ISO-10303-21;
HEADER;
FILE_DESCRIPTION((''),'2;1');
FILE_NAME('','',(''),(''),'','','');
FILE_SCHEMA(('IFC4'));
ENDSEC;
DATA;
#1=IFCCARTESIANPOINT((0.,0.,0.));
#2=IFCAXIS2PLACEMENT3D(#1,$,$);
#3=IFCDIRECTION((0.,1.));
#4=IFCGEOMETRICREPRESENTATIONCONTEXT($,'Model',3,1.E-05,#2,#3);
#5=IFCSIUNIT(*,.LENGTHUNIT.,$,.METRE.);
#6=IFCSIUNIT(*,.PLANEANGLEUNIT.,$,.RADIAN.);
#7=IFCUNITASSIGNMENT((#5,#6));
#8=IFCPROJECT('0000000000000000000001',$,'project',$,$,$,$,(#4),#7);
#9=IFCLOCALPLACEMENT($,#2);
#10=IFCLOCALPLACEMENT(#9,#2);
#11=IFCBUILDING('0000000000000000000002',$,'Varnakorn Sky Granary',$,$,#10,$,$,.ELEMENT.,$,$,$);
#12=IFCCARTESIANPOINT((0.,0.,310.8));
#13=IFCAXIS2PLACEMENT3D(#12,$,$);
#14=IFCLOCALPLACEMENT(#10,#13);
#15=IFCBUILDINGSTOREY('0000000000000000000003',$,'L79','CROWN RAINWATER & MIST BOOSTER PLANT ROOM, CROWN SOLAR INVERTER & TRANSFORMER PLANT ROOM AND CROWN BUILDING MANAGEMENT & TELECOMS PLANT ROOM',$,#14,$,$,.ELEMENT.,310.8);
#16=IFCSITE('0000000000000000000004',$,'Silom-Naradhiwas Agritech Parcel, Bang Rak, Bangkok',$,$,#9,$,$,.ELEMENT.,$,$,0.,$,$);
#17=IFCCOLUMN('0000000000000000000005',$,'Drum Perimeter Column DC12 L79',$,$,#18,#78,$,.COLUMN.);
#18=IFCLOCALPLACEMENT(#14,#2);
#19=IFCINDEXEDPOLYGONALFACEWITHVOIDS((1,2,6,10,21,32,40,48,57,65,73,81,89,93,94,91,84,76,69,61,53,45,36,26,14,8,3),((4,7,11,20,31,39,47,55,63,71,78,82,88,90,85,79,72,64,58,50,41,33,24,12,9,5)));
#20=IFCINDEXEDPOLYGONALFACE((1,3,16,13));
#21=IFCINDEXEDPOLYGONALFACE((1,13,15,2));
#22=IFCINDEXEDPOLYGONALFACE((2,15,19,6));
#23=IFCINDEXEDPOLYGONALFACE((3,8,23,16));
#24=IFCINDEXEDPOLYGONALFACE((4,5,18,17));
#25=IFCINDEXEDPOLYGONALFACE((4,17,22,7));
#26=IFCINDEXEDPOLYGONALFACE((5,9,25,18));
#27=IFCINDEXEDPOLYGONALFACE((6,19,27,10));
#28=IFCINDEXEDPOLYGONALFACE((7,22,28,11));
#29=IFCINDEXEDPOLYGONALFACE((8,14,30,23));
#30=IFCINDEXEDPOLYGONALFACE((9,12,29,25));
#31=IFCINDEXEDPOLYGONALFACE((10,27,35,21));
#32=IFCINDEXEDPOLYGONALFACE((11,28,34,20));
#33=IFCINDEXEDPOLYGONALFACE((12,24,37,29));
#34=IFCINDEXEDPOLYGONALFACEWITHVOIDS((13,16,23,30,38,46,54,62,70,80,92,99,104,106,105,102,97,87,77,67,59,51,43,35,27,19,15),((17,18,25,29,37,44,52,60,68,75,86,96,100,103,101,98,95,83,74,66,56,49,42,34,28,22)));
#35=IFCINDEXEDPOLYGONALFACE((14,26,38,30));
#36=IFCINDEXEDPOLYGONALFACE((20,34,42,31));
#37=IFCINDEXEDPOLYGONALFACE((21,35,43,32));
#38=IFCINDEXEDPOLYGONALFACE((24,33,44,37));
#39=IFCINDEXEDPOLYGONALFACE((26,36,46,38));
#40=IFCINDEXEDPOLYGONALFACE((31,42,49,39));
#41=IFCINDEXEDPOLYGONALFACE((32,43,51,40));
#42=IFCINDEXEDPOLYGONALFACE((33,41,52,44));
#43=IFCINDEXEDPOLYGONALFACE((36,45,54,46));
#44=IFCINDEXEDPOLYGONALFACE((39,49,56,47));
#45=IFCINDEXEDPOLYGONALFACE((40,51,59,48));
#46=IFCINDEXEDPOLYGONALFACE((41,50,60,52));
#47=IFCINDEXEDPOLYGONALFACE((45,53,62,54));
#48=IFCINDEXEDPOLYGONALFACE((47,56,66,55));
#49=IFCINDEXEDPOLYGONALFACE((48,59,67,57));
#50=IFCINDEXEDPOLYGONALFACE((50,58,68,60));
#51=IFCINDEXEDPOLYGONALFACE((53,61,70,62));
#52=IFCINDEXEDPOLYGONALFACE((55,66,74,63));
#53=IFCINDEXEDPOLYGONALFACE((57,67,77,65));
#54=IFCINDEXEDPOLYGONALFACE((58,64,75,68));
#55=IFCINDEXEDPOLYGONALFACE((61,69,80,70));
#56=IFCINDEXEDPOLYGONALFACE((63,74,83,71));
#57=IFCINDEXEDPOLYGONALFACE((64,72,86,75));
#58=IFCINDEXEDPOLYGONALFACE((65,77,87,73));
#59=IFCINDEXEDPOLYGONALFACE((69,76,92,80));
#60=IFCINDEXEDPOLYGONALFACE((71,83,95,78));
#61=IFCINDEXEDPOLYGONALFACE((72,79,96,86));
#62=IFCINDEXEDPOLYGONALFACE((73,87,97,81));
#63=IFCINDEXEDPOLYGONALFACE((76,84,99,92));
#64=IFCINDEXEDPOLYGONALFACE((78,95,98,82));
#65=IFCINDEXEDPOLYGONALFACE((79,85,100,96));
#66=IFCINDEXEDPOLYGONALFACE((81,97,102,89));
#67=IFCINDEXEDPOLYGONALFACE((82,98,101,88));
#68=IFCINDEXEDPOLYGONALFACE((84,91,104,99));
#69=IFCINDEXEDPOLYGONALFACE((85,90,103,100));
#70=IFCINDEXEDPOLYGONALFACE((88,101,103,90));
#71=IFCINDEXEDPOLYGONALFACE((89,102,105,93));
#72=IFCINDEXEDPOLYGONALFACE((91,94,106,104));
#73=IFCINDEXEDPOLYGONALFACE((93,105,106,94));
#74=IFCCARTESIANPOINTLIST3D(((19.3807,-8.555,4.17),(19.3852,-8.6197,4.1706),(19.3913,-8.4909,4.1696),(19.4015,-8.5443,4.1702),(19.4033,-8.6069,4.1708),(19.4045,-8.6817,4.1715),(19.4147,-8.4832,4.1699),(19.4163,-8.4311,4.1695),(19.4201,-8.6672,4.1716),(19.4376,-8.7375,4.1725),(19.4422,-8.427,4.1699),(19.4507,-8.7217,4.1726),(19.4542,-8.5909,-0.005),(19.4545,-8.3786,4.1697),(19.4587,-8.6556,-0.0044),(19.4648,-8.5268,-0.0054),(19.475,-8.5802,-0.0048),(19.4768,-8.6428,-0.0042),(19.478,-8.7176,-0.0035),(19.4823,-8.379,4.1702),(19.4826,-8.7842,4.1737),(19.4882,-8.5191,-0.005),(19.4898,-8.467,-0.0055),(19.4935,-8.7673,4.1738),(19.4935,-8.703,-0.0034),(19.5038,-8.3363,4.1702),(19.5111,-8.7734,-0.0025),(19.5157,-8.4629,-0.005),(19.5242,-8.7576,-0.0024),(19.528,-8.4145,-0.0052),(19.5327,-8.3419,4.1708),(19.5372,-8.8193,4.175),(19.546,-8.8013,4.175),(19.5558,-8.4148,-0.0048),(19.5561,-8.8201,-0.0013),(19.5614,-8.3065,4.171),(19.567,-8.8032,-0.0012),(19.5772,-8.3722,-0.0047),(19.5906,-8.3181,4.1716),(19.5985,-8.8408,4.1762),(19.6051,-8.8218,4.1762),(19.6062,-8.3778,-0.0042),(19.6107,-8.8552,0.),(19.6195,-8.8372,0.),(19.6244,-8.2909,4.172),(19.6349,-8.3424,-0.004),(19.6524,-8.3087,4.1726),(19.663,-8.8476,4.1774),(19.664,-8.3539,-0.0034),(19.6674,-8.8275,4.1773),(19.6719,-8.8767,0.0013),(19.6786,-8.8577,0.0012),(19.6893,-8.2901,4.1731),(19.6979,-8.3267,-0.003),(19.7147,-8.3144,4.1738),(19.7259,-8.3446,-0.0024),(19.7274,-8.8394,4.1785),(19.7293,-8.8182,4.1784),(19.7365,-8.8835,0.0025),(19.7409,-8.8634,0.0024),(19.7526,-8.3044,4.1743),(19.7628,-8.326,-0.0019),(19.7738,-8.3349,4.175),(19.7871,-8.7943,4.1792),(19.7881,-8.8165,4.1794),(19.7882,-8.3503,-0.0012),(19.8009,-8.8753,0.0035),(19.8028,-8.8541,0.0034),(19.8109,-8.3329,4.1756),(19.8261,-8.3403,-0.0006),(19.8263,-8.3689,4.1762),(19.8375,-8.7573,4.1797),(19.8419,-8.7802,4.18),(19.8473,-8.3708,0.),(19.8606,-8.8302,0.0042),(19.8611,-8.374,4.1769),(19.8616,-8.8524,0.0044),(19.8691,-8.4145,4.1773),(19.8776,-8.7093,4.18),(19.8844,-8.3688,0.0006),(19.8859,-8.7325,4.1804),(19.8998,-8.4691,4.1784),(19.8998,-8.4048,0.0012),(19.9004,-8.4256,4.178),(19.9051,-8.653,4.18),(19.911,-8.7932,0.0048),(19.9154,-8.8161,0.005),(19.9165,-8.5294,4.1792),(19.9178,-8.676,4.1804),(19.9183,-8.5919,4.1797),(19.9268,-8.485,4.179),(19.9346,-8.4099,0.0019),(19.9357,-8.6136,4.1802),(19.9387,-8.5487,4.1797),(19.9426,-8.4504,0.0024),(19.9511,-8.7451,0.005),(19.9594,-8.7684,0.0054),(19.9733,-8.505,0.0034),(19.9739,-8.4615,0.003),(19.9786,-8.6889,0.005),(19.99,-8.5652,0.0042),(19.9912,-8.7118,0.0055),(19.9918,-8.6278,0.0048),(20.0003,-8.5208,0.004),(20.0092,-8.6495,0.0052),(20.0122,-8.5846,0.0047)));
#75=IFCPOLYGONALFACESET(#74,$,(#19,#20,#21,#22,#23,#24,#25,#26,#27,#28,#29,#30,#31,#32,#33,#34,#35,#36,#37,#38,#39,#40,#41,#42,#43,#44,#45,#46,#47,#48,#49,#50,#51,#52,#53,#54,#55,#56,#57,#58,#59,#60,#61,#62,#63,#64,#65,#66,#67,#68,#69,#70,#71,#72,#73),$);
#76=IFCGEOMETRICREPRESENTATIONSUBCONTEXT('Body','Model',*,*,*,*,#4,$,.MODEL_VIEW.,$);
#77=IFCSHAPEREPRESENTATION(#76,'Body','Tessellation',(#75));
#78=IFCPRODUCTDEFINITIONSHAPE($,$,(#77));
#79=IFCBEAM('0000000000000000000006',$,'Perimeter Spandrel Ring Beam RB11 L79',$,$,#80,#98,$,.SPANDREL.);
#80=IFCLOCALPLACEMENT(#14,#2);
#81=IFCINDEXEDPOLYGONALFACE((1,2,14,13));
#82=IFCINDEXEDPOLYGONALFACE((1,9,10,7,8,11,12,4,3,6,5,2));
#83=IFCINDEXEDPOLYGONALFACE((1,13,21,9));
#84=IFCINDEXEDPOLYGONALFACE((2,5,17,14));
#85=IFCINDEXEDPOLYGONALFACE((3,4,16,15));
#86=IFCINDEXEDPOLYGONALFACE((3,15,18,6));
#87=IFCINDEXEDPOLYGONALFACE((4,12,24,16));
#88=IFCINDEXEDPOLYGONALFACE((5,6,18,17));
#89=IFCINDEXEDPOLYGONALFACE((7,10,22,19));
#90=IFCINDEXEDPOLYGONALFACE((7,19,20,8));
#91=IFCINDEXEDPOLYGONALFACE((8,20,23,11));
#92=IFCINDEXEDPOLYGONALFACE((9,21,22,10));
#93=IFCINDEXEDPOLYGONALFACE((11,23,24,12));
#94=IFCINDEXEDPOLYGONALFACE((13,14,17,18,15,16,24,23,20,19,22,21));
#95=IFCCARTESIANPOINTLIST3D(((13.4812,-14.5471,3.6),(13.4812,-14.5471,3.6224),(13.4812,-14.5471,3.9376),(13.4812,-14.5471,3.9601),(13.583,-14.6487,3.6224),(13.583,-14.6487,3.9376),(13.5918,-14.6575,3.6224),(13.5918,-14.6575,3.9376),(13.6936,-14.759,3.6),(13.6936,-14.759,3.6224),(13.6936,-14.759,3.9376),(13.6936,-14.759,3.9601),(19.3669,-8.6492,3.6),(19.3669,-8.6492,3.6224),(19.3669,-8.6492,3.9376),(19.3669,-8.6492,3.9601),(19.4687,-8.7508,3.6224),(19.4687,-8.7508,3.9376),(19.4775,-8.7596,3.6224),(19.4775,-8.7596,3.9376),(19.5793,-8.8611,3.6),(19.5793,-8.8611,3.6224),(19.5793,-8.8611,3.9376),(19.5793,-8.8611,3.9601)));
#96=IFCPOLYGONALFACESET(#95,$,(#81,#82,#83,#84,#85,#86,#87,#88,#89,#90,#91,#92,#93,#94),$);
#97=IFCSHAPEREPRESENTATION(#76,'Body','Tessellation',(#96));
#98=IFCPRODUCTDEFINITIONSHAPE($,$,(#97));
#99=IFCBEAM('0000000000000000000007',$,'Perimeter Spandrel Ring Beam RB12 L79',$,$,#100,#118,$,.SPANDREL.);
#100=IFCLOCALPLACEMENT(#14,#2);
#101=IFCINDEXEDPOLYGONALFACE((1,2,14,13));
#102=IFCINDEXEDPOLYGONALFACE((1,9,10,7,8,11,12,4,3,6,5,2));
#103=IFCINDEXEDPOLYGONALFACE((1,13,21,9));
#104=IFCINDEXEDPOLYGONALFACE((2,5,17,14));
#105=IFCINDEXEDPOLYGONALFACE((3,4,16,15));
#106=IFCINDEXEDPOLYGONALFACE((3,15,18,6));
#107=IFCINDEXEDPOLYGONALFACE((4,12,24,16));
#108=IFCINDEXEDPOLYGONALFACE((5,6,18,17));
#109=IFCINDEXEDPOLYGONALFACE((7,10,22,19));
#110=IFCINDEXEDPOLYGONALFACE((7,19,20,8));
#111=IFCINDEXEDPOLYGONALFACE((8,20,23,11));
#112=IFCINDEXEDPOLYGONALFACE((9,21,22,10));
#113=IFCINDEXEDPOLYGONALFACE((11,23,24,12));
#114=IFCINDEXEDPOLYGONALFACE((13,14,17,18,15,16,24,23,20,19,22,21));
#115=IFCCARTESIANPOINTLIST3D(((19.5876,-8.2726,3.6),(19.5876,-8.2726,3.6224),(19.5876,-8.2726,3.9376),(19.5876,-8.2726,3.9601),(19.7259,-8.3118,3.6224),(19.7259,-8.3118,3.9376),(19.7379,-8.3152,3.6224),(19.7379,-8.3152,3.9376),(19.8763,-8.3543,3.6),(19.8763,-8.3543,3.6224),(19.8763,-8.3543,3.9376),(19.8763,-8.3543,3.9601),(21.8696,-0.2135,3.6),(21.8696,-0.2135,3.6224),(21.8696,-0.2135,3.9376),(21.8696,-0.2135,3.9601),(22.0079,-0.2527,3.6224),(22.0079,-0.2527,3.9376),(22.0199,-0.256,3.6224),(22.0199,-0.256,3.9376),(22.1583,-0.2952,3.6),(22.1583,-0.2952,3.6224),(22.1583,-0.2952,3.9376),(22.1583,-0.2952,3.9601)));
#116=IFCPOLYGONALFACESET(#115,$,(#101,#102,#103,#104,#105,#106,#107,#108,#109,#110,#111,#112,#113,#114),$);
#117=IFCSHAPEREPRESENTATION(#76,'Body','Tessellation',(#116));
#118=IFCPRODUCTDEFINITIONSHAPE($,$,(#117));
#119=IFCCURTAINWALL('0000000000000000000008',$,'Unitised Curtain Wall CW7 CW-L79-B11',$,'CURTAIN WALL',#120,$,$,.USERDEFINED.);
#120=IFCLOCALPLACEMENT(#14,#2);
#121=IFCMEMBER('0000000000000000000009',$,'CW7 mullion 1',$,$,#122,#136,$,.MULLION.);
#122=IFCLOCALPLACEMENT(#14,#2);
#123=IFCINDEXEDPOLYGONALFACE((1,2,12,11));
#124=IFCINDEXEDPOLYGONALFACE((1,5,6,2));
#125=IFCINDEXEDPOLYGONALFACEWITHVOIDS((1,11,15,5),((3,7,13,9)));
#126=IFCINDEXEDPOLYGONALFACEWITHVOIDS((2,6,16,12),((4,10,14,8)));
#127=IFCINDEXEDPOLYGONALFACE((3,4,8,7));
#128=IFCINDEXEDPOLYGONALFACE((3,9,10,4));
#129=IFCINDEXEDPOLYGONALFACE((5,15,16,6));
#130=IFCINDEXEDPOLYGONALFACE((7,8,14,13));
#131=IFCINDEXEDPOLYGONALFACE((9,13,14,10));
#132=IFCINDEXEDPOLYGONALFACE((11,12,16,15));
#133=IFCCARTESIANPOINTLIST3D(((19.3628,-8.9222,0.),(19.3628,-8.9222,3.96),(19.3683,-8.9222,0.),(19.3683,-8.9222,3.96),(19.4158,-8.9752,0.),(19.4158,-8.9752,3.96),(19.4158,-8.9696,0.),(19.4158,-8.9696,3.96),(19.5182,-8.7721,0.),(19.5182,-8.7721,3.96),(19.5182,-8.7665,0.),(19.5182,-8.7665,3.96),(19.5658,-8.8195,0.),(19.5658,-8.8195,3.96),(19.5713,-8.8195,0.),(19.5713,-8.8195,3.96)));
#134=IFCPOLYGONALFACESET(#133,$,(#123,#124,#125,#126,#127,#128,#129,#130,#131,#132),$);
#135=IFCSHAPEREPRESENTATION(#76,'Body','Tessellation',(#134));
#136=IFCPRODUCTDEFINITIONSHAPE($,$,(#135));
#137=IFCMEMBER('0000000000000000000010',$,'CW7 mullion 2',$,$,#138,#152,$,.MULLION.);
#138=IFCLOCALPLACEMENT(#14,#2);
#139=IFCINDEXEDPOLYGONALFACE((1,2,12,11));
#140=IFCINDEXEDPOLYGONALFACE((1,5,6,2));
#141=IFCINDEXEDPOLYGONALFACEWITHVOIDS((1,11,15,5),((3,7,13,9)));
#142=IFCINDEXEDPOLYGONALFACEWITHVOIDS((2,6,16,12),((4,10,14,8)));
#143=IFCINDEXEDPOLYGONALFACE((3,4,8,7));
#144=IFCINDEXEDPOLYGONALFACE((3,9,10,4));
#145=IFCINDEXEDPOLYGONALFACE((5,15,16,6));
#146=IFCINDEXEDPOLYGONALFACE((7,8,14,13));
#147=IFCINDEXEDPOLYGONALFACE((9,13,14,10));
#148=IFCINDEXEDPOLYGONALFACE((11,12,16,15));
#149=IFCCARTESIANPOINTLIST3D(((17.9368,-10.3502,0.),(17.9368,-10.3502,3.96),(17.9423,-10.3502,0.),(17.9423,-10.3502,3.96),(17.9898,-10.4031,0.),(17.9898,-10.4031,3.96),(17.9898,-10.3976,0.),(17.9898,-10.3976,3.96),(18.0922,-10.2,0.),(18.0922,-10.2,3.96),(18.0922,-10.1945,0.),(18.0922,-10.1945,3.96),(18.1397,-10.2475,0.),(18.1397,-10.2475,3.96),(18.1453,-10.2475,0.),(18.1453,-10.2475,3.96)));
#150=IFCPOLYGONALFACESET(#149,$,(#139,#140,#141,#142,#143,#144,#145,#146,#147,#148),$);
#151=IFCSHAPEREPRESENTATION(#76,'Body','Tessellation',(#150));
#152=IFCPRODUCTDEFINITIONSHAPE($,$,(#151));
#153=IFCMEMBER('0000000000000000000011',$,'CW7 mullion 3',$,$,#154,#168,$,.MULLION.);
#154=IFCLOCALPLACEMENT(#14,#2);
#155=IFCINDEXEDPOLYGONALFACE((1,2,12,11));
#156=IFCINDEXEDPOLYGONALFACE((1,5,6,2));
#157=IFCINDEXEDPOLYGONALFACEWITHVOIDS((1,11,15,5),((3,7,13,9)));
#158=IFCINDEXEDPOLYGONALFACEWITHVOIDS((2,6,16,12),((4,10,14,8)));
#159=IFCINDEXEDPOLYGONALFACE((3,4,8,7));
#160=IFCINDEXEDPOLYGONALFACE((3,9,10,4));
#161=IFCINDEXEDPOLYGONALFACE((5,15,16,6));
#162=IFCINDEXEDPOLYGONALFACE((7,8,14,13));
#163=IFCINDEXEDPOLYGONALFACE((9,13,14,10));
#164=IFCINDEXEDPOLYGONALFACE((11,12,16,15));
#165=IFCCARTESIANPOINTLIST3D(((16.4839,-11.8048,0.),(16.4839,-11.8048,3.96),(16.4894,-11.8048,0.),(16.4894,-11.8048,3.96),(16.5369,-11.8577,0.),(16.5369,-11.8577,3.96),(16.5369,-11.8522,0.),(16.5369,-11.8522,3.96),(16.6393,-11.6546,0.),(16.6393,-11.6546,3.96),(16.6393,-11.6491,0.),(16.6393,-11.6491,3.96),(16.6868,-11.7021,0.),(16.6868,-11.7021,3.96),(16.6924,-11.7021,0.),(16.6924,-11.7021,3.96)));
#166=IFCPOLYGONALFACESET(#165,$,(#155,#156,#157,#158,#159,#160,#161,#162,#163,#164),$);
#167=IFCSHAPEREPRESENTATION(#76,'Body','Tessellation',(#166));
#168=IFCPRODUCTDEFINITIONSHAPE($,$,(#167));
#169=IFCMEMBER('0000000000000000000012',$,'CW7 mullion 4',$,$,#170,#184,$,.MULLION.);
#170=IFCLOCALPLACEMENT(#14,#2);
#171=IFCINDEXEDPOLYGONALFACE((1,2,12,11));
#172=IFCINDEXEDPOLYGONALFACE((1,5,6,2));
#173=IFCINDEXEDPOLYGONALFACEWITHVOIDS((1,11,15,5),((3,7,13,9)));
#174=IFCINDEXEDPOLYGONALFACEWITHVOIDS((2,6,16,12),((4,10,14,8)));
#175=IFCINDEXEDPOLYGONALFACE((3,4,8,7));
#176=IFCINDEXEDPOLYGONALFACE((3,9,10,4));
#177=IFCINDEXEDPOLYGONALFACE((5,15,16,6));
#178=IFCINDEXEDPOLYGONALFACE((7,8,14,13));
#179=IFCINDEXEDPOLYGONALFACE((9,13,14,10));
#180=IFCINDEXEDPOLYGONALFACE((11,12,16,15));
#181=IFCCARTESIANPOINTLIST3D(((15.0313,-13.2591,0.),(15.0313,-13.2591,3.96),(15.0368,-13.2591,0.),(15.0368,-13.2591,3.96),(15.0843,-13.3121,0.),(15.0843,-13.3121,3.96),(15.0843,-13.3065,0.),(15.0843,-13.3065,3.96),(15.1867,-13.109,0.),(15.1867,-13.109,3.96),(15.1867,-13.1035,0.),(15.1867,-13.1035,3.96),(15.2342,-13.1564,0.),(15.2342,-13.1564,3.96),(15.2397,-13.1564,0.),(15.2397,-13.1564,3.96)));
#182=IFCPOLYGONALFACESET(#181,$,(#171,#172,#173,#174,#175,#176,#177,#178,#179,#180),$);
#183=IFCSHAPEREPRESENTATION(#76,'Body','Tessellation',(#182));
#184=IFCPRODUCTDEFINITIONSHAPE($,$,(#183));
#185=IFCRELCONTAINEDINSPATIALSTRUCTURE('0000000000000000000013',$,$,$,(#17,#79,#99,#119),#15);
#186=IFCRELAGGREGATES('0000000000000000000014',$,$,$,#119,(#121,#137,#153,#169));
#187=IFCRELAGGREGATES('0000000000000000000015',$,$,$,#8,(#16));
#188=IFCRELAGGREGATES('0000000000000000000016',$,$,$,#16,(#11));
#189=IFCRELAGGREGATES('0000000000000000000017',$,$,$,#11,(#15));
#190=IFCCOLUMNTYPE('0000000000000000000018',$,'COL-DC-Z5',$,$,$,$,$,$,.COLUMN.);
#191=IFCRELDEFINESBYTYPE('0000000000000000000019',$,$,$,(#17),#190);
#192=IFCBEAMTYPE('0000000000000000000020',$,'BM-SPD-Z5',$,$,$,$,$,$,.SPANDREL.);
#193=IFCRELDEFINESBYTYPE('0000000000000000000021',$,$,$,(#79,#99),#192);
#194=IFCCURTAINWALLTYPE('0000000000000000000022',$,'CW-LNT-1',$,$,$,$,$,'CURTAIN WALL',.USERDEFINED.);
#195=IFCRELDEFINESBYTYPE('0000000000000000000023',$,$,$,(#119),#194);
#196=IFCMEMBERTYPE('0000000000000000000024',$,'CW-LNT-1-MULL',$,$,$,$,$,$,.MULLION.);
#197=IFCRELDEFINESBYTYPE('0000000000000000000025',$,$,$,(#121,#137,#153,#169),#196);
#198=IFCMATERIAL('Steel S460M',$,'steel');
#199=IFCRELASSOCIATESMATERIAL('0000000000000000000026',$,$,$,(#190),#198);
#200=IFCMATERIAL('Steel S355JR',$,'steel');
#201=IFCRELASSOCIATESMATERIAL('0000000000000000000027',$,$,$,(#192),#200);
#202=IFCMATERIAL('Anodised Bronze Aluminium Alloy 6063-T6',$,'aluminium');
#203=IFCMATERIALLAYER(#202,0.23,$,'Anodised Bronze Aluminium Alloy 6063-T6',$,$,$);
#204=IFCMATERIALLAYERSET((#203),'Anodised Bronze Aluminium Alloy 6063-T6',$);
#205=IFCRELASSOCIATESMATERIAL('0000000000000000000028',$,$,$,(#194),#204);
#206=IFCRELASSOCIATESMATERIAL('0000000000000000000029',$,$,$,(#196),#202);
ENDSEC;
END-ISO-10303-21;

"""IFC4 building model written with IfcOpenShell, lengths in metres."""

from ifc_helpers import new_model, si_unit, direction, frame, origin, origin_2d, place, context, subcontext, project, spatial, hollow_rectangle, hollow_circle, i_section, extrude, material, layer, layer_set, material_profile, profile_set, type_object, element, aggregate, save


model = new_model("IFC4")

# Units and contexts
model_context = context("Model", 3, precision=1e-05, world=origin(), true_north=direction((0.0, 1.0)))
body_context = subcontext(model_context, "Body", "Model", "MODEL_VIEW")
ifc_project = project(units=[si_unit("LENGTHUNIT", "METRE"), si_unit("PLANEANGLEUNIT", "RADIAN")], contexts=[model_context])

# Site, building, storey
site_placement = place(None, origin())
site = spatial("IfcSite", under=ifc_project, at=site_placement, Name="Silom-Naradhiwas Agritech Parcel, Bang Rak, Bangkok", CompositionType="ELEMENT", RefElevation=0.0)
building_placement = place(site_placement, origin())
building = spatial("IfcBuilding", under=site, at=building_placement, Name="Varnakorn Sky Granary", CompositionType="ELEMENT")
storey_placement = place(building_placement, frame((0.0, 0.0, 310.8)))
storey = spatial("IfcBuildingStorey", under=building, at=storey_placement, Name="L79", Description="CROWN RAINWATER & MIST BOOSTER PLANT ROOM, CROWN SOLAR INVERTER & TRANSFORMER PLANT ROOM AND CROWN BUILDING MANAGEMENT & TELECOMS PLANT ROOM", CompositionType="ELEMENT", Elevation=310.8)

# Column
ifc_material_1 = material(Name="Steel S460M", Category="steel")
ifc_material_profile_1 = material_profile(ifc_material_1, hollow_circle(Radius=0.2795, WallThickness=0.02, at=origin_2d()), Name="CHS 559x20")
ifc_profile_set_1 = profile_set([ifc_material_profile_1], Name="Steel S460M")
column_type = type_object("IfcColumnType", Name="COL-DC-Z5", PredefinedType="COLUMN", material=ifc_profile_set_1)
column_placement = place(storey_placement, frame((19.7334, -8.604, 0.0), z_axis=(-0.017598, 0.008594, 0.999808), x_axis=(-0.438835, -0.898568, 0.0)))
element("IfcColumn", 1, at=column_placement, inside=storey, type_object=column_type, Name="Drum Perimeter Column DC12 L79", PredefinedType="COLUMN", context=body_context, shape_type="SweptSolid", body=[
    extrude(hollow_circle(Radius=0.2795, WallThickness=0.02, at=origin_2d()), origin(), (0.0, 0.0, 1.0), 4.1758),
])

# Beams
ifc_material_2 = material(Name="Steel S355JR", Category="steel")
ifc_material_profile_2 = material_profile(ifc_material_2, i_section(OverallWidth=0.3, OverallDepth=0.3601, WebThickness=0.0125, FlangeThickness=0.0225, at=origin_2d()), Name="HE 360 B")
ifc_profile_set_2 = profile_set([ifc_material_profile_2], Name="Steel S355JR")
beam_type = type_object("IfcBeamType", Name="BM-SPD-Z5", PredefinedType="SPANDREL", material=ifc_profile_set_2)
beam_1_placement = place(storey_placement, frame((13.5874, -14.6531, 3.78), z_axis=(0.706374, 0.707839, 0.0), x_axis=(-0.707839, 0.706374, 0.0)))
element("IfcBeam", 2, at=beam_1_placement, inside=storey, type_object=beam_type, Name="Perimeter Spandrel Ring Beam RB11 L79", PredefinedType="SPANDREL", context=body_context, shape_type="SweptSolid", body=[
    extrude(i_section(OverallWidth=0.3, OverallDepth=0.3601, WebThickness=0.0125, FlangeThickness=0.0225, at=origin_2d()), origin(), (0.0, 0.0, 1.0), 8.3323),
])
beam_2_placement = place(storey_placement, frame((19.7319, -8.3135, 3.78), z_axis=(0.272445, 0.962171, 0.0), x_axis=(-0.962171, 0.272445, 0.0)))
element("IfcBeam", 3, at=beam_2_placement, inside=storey, type_object=beam_type, Name="Perimeter Spandrel Ring Beam RB12 L79", PredefinedType="SPANDREL", context=body_context, shape_type="SweptSolid", body=[
    extrude(i_section(OverallWidth=0.3, OverallDepth=0.3601, WebThickness=0.0125, FlangeThickness=0.0225, at=origin_2d()), origin(), (0.0, 0.0, 1.0), 8.376),
])

# Curtain wall, members
ifc_material_3 = material(Name="Anodised Bronze Aluminium Alloy 6063-T6", Category="aluminium")
ifc_layer_1 = layer(ifc_material_3, 0.23, Name="Anodised Bronze Aluminium Alloy 6063-T6")
ifc_layer_set_1 = layer_set([ifc_layer_1], Name="Anodised Bronze Aluminium Alloy 6063-T6")
curtain_wall_type = type_object("IfcCurtainWallType", Name="CW-LNT-1", ElementType="CURTAIN WALL", PredefinedType="USERDEFINED", material=ifc_layer_set_1)
curtain_wall_placement = place(storey_placement, origin())
curtain_wall = element("IfcCurtainWall", 4, at=curtain_wall_placement, inside=storey, type_object=curtain_wall_type, Name="Unitised Curtain Wall CW7 CW-L79-B11", ObjectType="CURTAIN WALL", PredefinedType="USERDEFINED")
ifc_material_profile_3 = material_profile(ifc_material_3, hollow_rectangle(XDim=0.075, YDim=0.22, WallThickness=0.0039, at=origin_2d()), Name="ALU MULL 75x220")
ifc_profile_set_3 = profile_set([ifc_material_profile_3], Name="Anodised Bronze Aluminium Alloy 6063-T6")
member_type_1 = type_object("IfcMemberType", Name="CW-LNT-1-MULL", PredefinedType="MULLION", material=ifc_profile_set_3)
member_1_placement = place(storey_placement, frame((19.467, -8.8708, 0.0), z_axis=(0.0, 0.0, 1.0), x_axis=(0.707563, -0.706651, 0.0)))
member_1 = element("IfcMember", 5, at=member_1_placement, type_object=member_type_1, Name="CW7 mullion 1", PredefinedType="MULLION", context=body_context, shape_type="SweptSolid", body=[
    extrude(hollow_rectangle(XDim=0.075, YDim=0.22, WallThickness=0.0039, at=origin_2d()), origin(), (0.0, 0.0, 1.0), 3.96),
])
member_2_placement = place(storey_placement, frame((18.041, -10.2988, 0.0), z_axis=(0.0, 0.0, 1.0), x_axis=(0.707563, -0.706651, 0.0)))
member_2 = element("IfcMember", 6, at=member_2_placement, type_object=member_type_1, Name="CW7 mullion 2", PredefinedType="MULLION", context=body_context, shape_type="SweptSolid", body=[
    extrude(hollow_rectangle(XDim=0.075, YDim=0.22, WallThickness=0.0039, at=origin_2d()), origin(), (0.0, 0.0, 1.0), 3.96),
])
member_3_placement = place(storey_placement, frame((16.5881, -11.7534, 0.0), z_axis=(0.0, 0.0, 1.0), x_axis=(0.707563, -0.706651, 0.0)))
member_3 = element("IfcMember", 7, at=member_3_placement, type_object=member_type_1, Name="CW7 mullion 3", PredefinedType="MULLION", context=body_context, shape_type="SweptSolid", body=[
    extrude(hollow_rectangle(XDim=0.075, YDim=0.22, WallThickness=0.0039, at=origin_2d()), origin(), (0.0, 0.0, 1.0), 3.96),
])
member_4_placement = place(storey_placement, frame((15.1355, -13.2078, 0.0), z_axis=(0.0, 0.0, 1.0), x_axis=(0.707563, -0.706651, 0.0)))
member_4 = element("IfcMember", 8, at=member_4_placement, type_object=member_type_1, Name="CW7 mullion 4", PredefinedType="MULLION", context=body_context, shape_type="SweptSolid", body=[
    extrude(hollow_rectangle(XDim=0.075, YDim=0.22, WallThickness=0.0039, at=origin_2d()), origin(), (0.0, 0.0, 1.0), 3.96),
])

aggregate(curtain_wall, [member_1, member_2, member_3, member_4])

save(model, "model.ifc")
